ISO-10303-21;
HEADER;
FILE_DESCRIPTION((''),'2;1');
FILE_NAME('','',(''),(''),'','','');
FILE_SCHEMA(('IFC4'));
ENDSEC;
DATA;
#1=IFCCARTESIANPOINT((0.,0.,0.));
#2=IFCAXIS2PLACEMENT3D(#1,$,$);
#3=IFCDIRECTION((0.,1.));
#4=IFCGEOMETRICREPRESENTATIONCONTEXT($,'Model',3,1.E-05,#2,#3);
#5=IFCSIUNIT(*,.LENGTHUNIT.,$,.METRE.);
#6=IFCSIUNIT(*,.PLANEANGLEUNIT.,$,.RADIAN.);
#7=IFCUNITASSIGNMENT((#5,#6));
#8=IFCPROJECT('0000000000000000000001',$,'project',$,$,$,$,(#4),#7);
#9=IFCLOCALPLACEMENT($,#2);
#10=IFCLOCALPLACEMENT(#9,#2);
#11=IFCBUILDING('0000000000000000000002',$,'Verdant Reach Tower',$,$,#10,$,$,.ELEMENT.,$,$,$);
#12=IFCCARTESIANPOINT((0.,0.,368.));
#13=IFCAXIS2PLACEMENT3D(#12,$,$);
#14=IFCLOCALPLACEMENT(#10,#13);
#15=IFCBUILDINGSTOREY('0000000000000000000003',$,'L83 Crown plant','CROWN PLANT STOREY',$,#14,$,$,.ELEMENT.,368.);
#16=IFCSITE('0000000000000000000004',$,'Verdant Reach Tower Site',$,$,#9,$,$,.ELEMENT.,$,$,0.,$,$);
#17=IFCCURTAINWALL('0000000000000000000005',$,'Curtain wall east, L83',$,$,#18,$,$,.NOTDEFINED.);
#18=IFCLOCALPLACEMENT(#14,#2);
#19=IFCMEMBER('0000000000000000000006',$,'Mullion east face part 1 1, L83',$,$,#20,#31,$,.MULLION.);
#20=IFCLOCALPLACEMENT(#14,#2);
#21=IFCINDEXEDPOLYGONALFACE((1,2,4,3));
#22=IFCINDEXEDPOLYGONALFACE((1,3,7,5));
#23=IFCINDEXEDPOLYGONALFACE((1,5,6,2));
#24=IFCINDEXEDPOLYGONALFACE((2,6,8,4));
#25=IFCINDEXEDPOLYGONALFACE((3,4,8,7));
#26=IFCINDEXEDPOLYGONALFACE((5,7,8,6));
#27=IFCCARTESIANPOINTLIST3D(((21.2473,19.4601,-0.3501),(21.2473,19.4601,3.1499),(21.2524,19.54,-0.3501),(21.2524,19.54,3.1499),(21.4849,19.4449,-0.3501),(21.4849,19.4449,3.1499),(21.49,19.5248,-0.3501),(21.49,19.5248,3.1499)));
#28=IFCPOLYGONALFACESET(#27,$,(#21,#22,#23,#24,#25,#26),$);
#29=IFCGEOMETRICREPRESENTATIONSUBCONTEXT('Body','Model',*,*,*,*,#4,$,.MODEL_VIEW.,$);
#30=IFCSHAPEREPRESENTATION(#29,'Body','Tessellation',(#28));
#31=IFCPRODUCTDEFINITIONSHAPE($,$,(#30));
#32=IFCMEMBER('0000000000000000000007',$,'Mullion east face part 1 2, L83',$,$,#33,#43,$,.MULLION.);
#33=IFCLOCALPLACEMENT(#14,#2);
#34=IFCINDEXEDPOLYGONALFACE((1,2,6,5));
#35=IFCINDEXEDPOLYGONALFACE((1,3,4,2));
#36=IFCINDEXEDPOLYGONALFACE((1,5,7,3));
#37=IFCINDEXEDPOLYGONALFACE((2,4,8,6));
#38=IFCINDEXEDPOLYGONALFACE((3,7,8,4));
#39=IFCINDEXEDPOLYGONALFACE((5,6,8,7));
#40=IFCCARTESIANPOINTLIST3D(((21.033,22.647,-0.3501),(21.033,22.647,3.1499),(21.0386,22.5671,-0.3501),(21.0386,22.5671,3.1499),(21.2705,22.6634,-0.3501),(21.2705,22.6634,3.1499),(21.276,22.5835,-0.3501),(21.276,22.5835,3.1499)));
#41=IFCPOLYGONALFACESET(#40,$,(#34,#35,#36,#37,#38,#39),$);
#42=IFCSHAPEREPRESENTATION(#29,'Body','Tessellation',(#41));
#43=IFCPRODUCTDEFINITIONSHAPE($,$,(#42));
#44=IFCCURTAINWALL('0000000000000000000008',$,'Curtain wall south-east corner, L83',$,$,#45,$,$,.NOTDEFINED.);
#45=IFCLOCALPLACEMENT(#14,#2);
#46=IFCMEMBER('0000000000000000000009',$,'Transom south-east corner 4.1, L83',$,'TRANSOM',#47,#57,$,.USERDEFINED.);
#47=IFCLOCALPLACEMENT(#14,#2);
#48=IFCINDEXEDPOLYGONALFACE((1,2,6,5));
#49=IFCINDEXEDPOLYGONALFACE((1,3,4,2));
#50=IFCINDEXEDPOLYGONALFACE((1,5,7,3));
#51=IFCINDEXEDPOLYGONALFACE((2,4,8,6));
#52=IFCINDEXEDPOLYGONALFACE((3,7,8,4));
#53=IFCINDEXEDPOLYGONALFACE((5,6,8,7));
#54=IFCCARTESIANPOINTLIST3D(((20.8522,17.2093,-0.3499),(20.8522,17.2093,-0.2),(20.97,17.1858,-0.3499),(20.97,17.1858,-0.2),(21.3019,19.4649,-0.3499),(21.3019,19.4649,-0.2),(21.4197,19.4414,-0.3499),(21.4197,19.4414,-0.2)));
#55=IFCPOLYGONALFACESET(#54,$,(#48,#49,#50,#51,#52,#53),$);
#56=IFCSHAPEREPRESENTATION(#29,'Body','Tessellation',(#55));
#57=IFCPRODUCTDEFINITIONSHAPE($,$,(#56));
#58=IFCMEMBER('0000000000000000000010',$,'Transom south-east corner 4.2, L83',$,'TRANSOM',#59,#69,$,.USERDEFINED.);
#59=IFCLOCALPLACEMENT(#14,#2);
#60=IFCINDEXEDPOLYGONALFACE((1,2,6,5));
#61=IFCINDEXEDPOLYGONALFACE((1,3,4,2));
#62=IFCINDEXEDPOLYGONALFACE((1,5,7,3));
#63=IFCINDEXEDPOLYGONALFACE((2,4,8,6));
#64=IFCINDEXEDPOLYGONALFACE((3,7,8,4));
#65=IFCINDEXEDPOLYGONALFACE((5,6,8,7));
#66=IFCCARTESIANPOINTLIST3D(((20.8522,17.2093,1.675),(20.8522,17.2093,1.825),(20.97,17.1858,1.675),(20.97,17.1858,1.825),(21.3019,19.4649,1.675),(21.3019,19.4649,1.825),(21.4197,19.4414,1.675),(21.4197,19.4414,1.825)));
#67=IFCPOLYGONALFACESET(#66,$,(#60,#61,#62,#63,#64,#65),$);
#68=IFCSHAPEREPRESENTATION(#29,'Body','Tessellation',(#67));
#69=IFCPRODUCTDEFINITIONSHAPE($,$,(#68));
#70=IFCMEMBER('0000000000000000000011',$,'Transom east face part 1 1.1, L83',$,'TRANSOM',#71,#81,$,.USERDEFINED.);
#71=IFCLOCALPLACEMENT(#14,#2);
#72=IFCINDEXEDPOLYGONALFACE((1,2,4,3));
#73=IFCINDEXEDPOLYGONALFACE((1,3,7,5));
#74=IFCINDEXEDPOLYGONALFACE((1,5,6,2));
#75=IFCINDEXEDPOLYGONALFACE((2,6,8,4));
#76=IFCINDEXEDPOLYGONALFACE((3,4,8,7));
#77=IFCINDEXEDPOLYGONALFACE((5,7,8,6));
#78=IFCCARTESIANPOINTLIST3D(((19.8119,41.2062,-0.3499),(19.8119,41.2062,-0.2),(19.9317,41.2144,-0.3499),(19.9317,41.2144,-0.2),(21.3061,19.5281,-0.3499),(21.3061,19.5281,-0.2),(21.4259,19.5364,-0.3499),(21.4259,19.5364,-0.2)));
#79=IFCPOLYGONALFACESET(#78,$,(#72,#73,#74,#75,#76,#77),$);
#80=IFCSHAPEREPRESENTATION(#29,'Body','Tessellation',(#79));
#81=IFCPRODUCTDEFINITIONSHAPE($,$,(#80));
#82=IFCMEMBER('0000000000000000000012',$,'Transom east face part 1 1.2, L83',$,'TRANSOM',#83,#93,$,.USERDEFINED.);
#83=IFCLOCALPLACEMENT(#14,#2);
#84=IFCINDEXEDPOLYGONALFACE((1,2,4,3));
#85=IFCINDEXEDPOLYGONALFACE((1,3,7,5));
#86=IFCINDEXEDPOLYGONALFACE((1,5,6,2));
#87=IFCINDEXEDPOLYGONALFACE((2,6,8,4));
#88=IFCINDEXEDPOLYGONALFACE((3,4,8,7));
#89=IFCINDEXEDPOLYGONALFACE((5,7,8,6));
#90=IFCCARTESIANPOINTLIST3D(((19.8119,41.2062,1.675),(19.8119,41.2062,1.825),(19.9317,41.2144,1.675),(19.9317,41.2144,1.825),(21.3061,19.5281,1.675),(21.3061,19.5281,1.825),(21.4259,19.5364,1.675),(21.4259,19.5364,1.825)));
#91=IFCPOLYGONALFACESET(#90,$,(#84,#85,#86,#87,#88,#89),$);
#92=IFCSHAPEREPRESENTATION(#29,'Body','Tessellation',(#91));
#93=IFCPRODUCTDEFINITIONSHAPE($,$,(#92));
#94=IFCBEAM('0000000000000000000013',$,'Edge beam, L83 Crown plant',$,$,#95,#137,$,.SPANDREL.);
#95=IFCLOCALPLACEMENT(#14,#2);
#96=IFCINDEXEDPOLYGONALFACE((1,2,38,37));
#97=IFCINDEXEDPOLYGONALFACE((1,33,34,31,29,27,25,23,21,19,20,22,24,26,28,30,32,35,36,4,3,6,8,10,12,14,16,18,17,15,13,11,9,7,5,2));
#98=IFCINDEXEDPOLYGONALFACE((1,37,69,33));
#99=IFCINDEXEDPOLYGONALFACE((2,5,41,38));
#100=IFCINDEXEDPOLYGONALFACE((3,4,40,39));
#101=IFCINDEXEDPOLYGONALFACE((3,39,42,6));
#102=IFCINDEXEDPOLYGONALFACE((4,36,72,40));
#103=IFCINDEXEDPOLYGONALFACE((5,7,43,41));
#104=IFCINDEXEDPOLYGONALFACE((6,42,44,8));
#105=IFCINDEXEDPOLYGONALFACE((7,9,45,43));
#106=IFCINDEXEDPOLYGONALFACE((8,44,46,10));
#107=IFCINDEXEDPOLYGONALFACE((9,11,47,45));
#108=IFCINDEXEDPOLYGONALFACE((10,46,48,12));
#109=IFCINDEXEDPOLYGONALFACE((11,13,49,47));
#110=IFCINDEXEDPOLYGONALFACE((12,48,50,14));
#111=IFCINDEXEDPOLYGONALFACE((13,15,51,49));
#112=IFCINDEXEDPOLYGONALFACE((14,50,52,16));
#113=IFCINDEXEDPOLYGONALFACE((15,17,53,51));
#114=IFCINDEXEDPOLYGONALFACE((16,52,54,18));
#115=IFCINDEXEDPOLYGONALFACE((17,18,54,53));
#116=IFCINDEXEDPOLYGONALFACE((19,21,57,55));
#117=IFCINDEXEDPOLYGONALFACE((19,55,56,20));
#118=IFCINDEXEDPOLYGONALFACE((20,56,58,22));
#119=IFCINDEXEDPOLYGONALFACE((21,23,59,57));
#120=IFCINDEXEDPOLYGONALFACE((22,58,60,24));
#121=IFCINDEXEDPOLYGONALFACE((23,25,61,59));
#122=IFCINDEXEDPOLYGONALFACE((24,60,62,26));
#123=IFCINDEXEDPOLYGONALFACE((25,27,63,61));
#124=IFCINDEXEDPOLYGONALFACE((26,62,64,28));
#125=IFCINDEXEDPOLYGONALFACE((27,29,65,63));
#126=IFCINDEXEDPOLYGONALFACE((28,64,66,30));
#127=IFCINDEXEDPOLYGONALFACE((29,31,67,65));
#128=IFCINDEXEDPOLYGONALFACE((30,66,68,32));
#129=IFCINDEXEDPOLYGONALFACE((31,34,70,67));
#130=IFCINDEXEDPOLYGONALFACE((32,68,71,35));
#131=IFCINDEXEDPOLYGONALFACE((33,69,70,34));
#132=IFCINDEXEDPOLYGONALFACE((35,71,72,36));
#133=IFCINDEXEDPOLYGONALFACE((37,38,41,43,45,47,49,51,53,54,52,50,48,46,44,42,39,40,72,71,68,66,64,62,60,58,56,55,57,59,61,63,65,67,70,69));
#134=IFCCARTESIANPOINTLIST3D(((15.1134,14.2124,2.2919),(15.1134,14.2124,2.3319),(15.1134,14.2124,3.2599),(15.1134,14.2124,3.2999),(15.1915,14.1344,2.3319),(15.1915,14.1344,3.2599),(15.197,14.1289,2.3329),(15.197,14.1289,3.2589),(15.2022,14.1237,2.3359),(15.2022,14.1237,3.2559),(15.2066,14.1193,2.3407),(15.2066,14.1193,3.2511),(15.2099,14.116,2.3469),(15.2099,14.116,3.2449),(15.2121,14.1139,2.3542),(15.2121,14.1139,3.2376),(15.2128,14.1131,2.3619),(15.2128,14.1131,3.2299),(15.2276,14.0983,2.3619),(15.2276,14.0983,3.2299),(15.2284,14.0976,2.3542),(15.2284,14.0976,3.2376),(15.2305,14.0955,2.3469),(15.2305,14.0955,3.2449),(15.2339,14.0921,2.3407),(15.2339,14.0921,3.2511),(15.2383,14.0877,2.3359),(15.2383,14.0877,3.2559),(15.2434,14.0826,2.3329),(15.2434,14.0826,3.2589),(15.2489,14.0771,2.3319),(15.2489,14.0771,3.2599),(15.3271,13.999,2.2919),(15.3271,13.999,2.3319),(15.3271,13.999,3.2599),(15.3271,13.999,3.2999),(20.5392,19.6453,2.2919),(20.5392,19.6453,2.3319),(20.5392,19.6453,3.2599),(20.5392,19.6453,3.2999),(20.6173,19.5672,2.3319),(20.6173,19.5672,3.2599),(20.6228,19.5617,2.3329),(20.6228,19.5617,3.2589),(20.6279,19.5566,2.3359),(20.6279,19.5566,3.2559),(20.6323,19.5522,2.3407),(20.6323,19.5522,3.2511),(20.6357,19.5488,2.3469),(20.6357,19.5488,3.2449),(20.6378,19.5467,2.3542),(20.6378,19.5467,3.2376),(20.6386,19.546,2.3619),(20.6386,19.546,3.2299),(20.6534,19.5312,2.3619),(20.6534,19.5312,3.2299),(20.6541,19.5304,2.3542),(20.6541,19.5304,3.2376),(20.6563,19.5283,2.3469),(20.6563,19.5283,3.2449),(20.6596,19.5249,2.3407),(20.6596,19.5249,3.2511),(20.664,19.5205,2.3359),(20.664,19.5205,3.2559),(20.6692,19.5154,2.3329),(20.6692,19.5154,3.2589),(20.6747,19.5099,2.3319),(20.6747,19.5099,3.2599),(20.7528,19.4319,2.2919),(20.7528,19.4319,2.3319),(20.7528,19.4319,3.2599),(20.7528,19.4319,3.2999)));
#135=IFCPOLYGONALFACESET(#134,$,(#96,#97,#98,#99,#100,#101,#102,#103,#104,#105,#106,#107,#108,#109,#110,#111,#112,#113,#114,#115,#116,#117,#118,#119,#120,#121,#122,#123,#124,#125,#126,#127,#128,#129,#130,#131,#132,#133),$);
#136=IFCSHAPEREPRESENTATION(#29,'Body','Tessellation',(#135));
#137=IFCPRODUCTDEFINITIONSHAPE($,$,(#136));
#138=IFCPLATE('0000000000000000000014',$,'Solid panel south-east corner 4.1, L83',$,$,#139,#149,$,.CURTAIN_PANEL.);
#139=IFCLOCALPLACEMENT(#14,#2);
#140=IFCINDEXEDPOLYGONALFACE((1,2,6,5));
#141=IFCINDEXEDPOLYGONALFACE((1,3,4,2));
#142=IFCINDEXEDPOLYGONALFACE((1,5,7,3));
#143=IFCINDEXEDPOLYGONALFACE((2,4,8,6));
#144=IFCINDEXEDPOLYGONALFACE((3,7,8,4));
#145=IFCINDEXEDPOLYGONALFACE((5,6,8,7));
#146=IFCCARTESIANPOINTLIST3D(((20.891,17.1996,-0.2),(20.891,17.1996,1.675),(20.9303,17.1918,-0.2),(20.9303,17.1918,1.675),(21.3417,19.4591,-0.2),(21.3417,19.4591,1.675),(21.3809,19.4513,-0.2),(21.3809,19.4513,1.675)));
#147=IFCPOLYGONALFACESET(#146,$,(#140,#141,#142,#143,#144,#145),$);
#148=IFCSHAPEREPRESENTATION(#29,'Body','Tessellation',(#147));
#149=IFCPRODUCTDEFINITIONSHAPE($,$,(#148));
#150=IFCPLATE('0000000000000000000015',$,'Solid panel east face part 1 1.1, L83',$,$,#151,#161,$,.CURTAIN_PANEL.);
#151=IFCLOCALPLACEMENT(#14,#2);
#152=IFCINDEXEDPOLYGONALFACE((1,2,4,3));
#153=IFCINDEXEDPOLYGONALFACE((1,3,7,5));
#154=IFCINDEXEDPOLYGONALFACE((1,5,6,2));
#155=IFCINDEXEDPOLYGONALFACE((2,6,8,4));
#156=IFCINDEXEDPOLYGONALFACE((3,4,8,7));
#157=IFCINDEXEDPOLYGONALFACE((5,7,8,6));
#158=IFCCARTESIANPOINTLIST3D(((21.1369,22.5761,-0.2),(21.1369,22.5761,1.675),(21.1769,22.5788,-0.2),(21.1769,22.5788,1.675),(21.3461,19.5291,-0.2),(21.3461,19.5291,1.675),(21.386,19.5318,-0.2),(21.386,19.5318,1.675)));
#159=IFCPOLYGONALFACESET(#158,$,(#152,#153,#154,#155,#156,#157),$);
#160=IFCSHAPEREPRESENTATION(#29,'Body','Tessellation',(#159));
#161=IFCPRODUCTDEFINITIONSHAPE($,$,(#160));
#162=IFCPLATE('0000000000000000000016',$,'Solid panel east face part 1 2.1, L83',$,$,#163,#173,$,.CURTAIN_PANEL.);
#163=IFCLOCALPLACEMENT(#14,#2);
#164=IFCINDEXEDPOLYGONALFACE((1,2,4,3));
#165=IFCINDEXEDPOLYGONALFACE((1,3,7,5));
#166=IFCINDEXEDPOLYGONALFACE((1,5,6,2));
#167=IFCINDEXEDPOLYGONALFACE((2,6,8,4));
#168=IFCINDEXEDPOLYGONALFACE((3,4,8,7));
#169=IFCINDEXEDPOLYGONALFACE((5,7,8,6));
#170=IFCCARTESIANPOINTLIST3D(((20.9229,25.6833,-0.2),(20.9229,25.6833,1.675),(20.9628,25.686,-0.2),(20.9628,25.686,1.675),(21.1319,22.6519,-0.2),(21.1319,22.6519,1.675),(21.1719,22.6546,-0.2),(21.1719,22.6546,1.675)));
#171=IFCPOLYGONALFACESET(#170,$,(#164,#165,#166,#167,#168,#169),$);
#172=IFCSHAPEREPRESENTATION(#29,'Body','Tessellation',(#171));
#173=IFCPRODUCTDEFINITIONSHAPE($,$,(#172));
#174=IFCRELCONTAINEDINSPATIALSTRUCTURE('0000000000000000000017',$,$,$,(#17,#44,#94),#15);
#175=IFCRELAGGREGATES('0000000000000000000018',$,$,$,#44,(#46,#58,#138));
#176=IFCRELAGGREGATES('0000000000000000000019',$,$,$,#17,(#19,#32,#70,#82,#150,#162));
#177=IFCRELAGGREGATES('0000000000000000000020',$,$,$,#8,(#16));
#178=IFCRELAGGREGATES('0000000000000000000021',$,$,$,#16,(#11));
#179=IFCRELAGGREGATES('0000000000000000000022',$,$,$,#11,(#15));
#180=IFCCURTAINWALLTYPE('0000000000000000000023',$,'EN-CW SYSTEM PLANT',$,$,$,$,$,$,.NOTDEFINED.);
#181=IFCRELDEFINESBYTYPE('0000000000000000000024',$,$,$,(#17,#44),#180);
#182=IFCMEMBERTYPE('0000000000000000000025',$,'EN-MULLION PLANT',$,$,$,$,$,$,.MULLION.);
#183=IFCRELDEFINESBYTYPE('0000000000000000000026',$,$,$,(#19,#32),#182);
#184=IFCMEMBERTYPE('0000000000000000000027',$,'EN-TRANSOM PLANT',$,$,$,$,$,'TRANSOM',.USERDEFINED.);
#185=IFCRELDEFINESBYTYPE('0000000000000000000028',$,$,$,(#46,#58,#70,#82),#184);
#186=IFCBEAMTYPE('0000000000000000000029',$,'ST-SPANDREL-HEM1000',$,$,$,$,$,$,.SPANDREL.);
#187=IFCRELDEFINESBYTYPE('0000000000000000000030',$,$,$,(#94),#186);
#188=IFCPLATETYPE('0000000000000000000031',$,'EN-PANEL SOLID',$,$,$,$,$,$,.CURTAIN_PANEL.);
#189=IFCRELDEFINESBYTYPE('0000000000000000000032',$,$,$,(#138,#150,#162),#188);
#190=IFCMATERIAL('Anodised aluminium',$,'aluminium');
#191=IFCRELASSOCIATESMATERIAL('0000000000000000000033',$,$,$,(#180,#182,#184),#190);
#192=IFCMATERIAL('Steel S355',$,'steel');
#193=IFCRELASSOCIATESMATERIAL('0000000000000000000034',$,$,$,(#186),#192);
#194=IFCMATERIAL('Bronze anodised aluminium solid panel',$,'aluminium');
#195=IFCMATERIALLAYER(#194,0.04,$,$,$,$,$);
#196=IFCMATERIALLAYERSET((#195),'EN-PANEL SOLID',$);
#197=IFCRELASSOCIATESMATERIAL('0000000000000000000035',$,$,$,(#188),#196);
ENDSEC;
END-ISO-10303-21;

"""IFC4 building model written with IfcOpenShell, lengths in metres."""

from ifc_helpers import new_model, si_unit, direction, frame, origin, origin_2d, place, context, subcontext, project, spatial, rectangle, i_section, extrude, material, layer, layer_set, material_profile, profile_set, type_object, element, aggregate, save


model = new_model("IFC4")

# Units and contexts
model_context = context("Model", 3, precision=1e-05, world=origin(), true_north=direction((0.0, 1.0)))
body_context = subcontext(model_context, "Body", "Model", "MODEL_VIEW")
ifc_project = project(units=[si_unit("LENGTHUNIT", "METRE"), si_unit("PLANEANGLEUNIT", "RADIAN")], contexts=[model_context])

# Site, building, storey
site_placement = place(None, origin())
site = spatial("IfcSite", under=ifc_project, at=site_placement, Name="Verdant Reach Tower Site", CompositionType="ELEMENT", RefElevation=0.0)
building_placement = place(site_placement, origin())
building = spatial("IfcBuilding", under=site, at=building_placement, Name="Verdant Reach Tower", CompositionType="ELEMENT")
storey_placement = place(building_placement, frame((0.0, 0.0, 368.0)))
storey = spatial("IfcBuildingStorey", under=building, at=storey_placement, Name="L83 Crown plant", Description="CROWN PLANT STOREY", CompositionType="ELEMENT", Elevation=368.0)

# Curtain walls, members
ifc_material_1 = material(Name="Anodised aluminium", Category="aluminium")
curtain_wall_type = type_object("IfcCurtainWallType", Name="EN-CW SYSTEM PLANT", PredefinedType="NOTDEFINED", material=ifc_material_1)
curtain_wall_1_placement = place(storey_placement, origin())
curtain_wall_1 = element("IfcCurtainWall", 1, at=curtain_wall_1_placement, inside=storey, type_object=curtain_wall_type, Name="Curtain wall east, L83", PredefinedType="NOTDEFINED")
ifc_material_profile_1 = material_profile(ifc_material_1, rectangle(XDim=0.238, YDim=0.0801, at=origin_2d()), Name="Mullion 80x240")
ifc_profile_set_1 = profile_set([ifc_material_profile_1], Name="Anodised aluminium")
member_type_1 = type_object("IfcMemberType", Name="EN-MULLION PLANT", PredefinedType="MULLION", material=ifc_profile_set_1)
member_1_placement = place(storey_placement, frame((21.3687, 19.4924, -0.3501), z_axis=(0.0, 0.0, 1.0), x_axis=(0.997969, -0.063699, 0.0)))
member_1 = element("IfcMember", 2, at=member_1_placement, type_object=member_type_1, Name="Mullion east face part 1 1, L83", PredefinedType="MULLION", context=body_context, shape_type="SweptSolid", body=[
    extrude(rectangle(XDim=0.238, YDim=0.0801, at=origin_2d()), origin(), (0.0, 0.0, 1.0), 3.5),
])
member_2_placement = place(storey_placement, frame((21.1545, 22.6152, -0.3501), z_axis=(0.0, 0.0, 1.0), x_axis=(0.99763, 0.068802, 0.0)))
member_2 = element("IfcMember", 3, at=member_2_placement, type_object=member_type_1, Name="Mullion east face part 1 2, L83", PredefinedType="MULLION", context=body_context, shape_type="SweptSolid", body=[
    extrude(rectangle(XDim=0.238, YDim=0.0801, at=origin_2d()), origin(), (0.0, 0.0, 1.0), 3.5),
])
curtain_wall_2_placement = place(storey_placement, origin())
curtain_wall_2 = element("IfcCurtainWall", 4, at=curtain_wall_2_placement, inside=storey, type_object=curtain_wall_type, Name="Curtain wall south-east corner, L83", PredefinedType="NOTDEFINED")
ifc_material_profile_2 = material_profile(ifc_material_1, rectangle(XDim=0.1201, YDim=0.1499, at=origin_2d()), Name="Transom 150x120")
ifc_profile_set_2 = profile_set([ifc_material_profile_2], Name="Anodised aluminium")
member_type_2 = type_object("IfcMemberType", Name="EN-TRANSOM PLANT", ElementType="TRANSOM", PredefinedType="USERDEFINED", material=ifc_profile_set_2)
member_3_placement = place(storey_placement, frame((20.9111, 17.1975, -0.2749), z_axis=(0.195524, 0.980699, 0.0), x_axis=(-0.980699, 0.195524, 0.0)))
member_3 = element("IfcMember", 5, at=member_3_placement, type_object=member_type_2, Name="Transom south-east corner 4.1, L83", ObjectType="TRANSOM", PredefinedType="USERDEFINED", context=body_context, shape_type="SweptSolid", body=[
    extrude(rectangle(XDim=0.1201, YDim=0.1499, at=origin_2d()), origin(), (0.0, 0.0, 1.0), 2.3),
])
member_4_placement = place(storey_placement, frame((20.9111, 17.1975, 1.75), z_axis=(0.195524, 0.980699, 0.0), x_axis=(-0.980699, 0.195524, 0.0)))
member_4 = element("IfcMember", 6, at=member_4_placement, type_object=member_type_2, Name="Transom south-east corner 4.2, L83", ObjectType="TRANSOM", PredefinedType="USERDEFINED", context=body_context, shape_type="SweptSolid", body=[
    extrude(rectangle(XDim=0.1201, YDim=0.1499, at=origin_2d()), origin(), (0.0, 0.0, 1.0), 2.3),
])

# Members
member_5_placement = place(storey_placement, frame((21.366, 19.5322, -0.2749), z_axis=(-0.068761, 0.997633, 0.0), x_axis=(-0.997633, -0.068761, 0.0)))
member_5 = element("IfcMember", 7, at=member_5_placement, type_object=member_type_2, Name="Transom east face part 1 1.1, L83", ObjectType="TRANSOM", PredefinedType="USERDEFINED", context=body_context, shape_type="SweptSolid", body=[
    extrude(rectangle(XDim=0.1201, YDim=0.1499, at=origin_2d()), origin(), (0.0, 0.0, 1.0), 21.7295),
])
member_6_placement = place(storey_placement, frame((21.366, 19.5322, 1.75), z_axis=(-0.068761, 0.997633, 0.0), x_axis=(-0.997633, -0.068761, 0.0)))
member_6 = element("IfcMember", 8, at=member_6_placement, type_object=member_type_2, Name="Transom east face part 1 1.2, L83", ObjectType="TRANSOM", PredefinedType="USERDEFINED", context=body_context, shape_type="SweptSolid", body=[
    extrude(rectangle(XDim=0.1201, YDim=0.1499, at=origin_2d()), origin(), (0.0, 0.0, 1.0), 21.7295),
])

# Beam
ifc_material_2 = material(Name="Steel S355", Category="steel")
ifc_material_profile_3 = material_profile(ifc_material_2, i_section(OverallWidth=0.302, OverallDepth=1.0081, WebThickness=0.021, FlangeThickness=0.04, FilletRadius=0.03, at=origin_2d()), Name="HEM 1000")
ifc_profile_set_3 = profile_set([ifc_material_profile_3], Name="Steel S355")
beam_type = type_object("IfcBeamType", Name="ST-SPANDREL-HEM1000", PredefinedType="SPANDREL", material=ifc_profile_set_3)
beam_placement = place(storey_placement, frame((20.646, 19.5386, 2.7959), z_axis=(-0.706646, -0.707568, 0.0), x_axis=(0.707568, -0.706646, 0.0)))
element("IfcBeam", 9, at=beam_placement, inside=storey, type_object=beam_type, Name="Edge beam, L83 Crown plant", PredefinedType="SPANDREL", context=body_context, shape_type="SweptSolid", body=[
    extrude(i_section(OverallWidth=0.302, OverallDepth=1.0081, WebThickness=0.021, FlangeThickness=0.04, FilletRadius=0.03, at=origin_2d()), origin(), (0.0, 0.0, 1.0), 7.6782),
])

# Plates
ifc_material_3 = material(Name="Bronze anodised aluminium solid panel", Category="aluminium")
ifc_layer_1 = layer(ifc_material_3, 0.04)
ifc_layer_set_1 = layer_set([ifc_layer_1], Name="EN-PANEL SOLID")
plate_type = type_object("IfcPlateType", Name="EN-PANEL SOLID", PredefinedType="CURTAIN_PANEL", material=ifc_layer_set_1)
plate_1_placement = place(storey_placement, frame((21.136, 18.3254, -0.2), z_axis=(0.0, 0.0, 1.0), x_axis=(0.195593, 0.980685, 0.0)))
plate_1 = element("IfcPlate", 10, at=plate_1_placement, type_object=plate_type, Name="Solid panel south-east corner 4.1, L83", PredefinedType="CURTAIN_PANEL", context=body_context, shape_type="SweptSolid", body=[
    extrude(rectangle(XDim=2.304, YDim=0.04, at=origin_2d()), origin(), (0.0, 0.0, 1.0), 1.875),
])
plate_2_placement = place(storey_placement, frame((21.2615, 21.054, -0.2), z_axis=(0.0, 0.0, 1.0), x_axis=(-0.068469, 0.997653, 0.0)))
plate_2 = element("IfcPlate", 11, at=plate_2_placement, type_object=plate_type, Name="Solid panel east face part 1 1.1, L83", PredefinedType="CURTAIN_PANEL", context=body_context, shape_type="SweptSolid", body=[
    extrude(rectangle(XDim=3.0542, YDim=0.04, at=origin_2d()), origin(), (0.0, 0.0, 1.0), 1.875),
])
plate_3_placement = place(storey_placement, frame((21.0474, 24.1689, -0.2), z_axis=(0.0, 0.0, 1.0), x_axis=(-0.068802, 0.99763, 0.0)))
plate_3 = element("IfcPlate", 12, at=plate_3_placement, type_object=plate_type, Name="Solid panel east face part 1 2.1, L83", PredefinedType="CURTAIN_PANEL", context=body_context, shape_type="SweptSolid", body=[
    extrude(rectangle(XDim=3.0386, YDim=0.04, at=origin_2d()), origin(), (0.0, 0.0, 1.0), 1.875),
])

aggregate(curtain_wall_2, [member_3, member_4, plate_1])
aggregate(curtain_wall_1, [member_1, member_2, member_5, member_6, plate_2, plate_3])

save(model, "model.ifc")
